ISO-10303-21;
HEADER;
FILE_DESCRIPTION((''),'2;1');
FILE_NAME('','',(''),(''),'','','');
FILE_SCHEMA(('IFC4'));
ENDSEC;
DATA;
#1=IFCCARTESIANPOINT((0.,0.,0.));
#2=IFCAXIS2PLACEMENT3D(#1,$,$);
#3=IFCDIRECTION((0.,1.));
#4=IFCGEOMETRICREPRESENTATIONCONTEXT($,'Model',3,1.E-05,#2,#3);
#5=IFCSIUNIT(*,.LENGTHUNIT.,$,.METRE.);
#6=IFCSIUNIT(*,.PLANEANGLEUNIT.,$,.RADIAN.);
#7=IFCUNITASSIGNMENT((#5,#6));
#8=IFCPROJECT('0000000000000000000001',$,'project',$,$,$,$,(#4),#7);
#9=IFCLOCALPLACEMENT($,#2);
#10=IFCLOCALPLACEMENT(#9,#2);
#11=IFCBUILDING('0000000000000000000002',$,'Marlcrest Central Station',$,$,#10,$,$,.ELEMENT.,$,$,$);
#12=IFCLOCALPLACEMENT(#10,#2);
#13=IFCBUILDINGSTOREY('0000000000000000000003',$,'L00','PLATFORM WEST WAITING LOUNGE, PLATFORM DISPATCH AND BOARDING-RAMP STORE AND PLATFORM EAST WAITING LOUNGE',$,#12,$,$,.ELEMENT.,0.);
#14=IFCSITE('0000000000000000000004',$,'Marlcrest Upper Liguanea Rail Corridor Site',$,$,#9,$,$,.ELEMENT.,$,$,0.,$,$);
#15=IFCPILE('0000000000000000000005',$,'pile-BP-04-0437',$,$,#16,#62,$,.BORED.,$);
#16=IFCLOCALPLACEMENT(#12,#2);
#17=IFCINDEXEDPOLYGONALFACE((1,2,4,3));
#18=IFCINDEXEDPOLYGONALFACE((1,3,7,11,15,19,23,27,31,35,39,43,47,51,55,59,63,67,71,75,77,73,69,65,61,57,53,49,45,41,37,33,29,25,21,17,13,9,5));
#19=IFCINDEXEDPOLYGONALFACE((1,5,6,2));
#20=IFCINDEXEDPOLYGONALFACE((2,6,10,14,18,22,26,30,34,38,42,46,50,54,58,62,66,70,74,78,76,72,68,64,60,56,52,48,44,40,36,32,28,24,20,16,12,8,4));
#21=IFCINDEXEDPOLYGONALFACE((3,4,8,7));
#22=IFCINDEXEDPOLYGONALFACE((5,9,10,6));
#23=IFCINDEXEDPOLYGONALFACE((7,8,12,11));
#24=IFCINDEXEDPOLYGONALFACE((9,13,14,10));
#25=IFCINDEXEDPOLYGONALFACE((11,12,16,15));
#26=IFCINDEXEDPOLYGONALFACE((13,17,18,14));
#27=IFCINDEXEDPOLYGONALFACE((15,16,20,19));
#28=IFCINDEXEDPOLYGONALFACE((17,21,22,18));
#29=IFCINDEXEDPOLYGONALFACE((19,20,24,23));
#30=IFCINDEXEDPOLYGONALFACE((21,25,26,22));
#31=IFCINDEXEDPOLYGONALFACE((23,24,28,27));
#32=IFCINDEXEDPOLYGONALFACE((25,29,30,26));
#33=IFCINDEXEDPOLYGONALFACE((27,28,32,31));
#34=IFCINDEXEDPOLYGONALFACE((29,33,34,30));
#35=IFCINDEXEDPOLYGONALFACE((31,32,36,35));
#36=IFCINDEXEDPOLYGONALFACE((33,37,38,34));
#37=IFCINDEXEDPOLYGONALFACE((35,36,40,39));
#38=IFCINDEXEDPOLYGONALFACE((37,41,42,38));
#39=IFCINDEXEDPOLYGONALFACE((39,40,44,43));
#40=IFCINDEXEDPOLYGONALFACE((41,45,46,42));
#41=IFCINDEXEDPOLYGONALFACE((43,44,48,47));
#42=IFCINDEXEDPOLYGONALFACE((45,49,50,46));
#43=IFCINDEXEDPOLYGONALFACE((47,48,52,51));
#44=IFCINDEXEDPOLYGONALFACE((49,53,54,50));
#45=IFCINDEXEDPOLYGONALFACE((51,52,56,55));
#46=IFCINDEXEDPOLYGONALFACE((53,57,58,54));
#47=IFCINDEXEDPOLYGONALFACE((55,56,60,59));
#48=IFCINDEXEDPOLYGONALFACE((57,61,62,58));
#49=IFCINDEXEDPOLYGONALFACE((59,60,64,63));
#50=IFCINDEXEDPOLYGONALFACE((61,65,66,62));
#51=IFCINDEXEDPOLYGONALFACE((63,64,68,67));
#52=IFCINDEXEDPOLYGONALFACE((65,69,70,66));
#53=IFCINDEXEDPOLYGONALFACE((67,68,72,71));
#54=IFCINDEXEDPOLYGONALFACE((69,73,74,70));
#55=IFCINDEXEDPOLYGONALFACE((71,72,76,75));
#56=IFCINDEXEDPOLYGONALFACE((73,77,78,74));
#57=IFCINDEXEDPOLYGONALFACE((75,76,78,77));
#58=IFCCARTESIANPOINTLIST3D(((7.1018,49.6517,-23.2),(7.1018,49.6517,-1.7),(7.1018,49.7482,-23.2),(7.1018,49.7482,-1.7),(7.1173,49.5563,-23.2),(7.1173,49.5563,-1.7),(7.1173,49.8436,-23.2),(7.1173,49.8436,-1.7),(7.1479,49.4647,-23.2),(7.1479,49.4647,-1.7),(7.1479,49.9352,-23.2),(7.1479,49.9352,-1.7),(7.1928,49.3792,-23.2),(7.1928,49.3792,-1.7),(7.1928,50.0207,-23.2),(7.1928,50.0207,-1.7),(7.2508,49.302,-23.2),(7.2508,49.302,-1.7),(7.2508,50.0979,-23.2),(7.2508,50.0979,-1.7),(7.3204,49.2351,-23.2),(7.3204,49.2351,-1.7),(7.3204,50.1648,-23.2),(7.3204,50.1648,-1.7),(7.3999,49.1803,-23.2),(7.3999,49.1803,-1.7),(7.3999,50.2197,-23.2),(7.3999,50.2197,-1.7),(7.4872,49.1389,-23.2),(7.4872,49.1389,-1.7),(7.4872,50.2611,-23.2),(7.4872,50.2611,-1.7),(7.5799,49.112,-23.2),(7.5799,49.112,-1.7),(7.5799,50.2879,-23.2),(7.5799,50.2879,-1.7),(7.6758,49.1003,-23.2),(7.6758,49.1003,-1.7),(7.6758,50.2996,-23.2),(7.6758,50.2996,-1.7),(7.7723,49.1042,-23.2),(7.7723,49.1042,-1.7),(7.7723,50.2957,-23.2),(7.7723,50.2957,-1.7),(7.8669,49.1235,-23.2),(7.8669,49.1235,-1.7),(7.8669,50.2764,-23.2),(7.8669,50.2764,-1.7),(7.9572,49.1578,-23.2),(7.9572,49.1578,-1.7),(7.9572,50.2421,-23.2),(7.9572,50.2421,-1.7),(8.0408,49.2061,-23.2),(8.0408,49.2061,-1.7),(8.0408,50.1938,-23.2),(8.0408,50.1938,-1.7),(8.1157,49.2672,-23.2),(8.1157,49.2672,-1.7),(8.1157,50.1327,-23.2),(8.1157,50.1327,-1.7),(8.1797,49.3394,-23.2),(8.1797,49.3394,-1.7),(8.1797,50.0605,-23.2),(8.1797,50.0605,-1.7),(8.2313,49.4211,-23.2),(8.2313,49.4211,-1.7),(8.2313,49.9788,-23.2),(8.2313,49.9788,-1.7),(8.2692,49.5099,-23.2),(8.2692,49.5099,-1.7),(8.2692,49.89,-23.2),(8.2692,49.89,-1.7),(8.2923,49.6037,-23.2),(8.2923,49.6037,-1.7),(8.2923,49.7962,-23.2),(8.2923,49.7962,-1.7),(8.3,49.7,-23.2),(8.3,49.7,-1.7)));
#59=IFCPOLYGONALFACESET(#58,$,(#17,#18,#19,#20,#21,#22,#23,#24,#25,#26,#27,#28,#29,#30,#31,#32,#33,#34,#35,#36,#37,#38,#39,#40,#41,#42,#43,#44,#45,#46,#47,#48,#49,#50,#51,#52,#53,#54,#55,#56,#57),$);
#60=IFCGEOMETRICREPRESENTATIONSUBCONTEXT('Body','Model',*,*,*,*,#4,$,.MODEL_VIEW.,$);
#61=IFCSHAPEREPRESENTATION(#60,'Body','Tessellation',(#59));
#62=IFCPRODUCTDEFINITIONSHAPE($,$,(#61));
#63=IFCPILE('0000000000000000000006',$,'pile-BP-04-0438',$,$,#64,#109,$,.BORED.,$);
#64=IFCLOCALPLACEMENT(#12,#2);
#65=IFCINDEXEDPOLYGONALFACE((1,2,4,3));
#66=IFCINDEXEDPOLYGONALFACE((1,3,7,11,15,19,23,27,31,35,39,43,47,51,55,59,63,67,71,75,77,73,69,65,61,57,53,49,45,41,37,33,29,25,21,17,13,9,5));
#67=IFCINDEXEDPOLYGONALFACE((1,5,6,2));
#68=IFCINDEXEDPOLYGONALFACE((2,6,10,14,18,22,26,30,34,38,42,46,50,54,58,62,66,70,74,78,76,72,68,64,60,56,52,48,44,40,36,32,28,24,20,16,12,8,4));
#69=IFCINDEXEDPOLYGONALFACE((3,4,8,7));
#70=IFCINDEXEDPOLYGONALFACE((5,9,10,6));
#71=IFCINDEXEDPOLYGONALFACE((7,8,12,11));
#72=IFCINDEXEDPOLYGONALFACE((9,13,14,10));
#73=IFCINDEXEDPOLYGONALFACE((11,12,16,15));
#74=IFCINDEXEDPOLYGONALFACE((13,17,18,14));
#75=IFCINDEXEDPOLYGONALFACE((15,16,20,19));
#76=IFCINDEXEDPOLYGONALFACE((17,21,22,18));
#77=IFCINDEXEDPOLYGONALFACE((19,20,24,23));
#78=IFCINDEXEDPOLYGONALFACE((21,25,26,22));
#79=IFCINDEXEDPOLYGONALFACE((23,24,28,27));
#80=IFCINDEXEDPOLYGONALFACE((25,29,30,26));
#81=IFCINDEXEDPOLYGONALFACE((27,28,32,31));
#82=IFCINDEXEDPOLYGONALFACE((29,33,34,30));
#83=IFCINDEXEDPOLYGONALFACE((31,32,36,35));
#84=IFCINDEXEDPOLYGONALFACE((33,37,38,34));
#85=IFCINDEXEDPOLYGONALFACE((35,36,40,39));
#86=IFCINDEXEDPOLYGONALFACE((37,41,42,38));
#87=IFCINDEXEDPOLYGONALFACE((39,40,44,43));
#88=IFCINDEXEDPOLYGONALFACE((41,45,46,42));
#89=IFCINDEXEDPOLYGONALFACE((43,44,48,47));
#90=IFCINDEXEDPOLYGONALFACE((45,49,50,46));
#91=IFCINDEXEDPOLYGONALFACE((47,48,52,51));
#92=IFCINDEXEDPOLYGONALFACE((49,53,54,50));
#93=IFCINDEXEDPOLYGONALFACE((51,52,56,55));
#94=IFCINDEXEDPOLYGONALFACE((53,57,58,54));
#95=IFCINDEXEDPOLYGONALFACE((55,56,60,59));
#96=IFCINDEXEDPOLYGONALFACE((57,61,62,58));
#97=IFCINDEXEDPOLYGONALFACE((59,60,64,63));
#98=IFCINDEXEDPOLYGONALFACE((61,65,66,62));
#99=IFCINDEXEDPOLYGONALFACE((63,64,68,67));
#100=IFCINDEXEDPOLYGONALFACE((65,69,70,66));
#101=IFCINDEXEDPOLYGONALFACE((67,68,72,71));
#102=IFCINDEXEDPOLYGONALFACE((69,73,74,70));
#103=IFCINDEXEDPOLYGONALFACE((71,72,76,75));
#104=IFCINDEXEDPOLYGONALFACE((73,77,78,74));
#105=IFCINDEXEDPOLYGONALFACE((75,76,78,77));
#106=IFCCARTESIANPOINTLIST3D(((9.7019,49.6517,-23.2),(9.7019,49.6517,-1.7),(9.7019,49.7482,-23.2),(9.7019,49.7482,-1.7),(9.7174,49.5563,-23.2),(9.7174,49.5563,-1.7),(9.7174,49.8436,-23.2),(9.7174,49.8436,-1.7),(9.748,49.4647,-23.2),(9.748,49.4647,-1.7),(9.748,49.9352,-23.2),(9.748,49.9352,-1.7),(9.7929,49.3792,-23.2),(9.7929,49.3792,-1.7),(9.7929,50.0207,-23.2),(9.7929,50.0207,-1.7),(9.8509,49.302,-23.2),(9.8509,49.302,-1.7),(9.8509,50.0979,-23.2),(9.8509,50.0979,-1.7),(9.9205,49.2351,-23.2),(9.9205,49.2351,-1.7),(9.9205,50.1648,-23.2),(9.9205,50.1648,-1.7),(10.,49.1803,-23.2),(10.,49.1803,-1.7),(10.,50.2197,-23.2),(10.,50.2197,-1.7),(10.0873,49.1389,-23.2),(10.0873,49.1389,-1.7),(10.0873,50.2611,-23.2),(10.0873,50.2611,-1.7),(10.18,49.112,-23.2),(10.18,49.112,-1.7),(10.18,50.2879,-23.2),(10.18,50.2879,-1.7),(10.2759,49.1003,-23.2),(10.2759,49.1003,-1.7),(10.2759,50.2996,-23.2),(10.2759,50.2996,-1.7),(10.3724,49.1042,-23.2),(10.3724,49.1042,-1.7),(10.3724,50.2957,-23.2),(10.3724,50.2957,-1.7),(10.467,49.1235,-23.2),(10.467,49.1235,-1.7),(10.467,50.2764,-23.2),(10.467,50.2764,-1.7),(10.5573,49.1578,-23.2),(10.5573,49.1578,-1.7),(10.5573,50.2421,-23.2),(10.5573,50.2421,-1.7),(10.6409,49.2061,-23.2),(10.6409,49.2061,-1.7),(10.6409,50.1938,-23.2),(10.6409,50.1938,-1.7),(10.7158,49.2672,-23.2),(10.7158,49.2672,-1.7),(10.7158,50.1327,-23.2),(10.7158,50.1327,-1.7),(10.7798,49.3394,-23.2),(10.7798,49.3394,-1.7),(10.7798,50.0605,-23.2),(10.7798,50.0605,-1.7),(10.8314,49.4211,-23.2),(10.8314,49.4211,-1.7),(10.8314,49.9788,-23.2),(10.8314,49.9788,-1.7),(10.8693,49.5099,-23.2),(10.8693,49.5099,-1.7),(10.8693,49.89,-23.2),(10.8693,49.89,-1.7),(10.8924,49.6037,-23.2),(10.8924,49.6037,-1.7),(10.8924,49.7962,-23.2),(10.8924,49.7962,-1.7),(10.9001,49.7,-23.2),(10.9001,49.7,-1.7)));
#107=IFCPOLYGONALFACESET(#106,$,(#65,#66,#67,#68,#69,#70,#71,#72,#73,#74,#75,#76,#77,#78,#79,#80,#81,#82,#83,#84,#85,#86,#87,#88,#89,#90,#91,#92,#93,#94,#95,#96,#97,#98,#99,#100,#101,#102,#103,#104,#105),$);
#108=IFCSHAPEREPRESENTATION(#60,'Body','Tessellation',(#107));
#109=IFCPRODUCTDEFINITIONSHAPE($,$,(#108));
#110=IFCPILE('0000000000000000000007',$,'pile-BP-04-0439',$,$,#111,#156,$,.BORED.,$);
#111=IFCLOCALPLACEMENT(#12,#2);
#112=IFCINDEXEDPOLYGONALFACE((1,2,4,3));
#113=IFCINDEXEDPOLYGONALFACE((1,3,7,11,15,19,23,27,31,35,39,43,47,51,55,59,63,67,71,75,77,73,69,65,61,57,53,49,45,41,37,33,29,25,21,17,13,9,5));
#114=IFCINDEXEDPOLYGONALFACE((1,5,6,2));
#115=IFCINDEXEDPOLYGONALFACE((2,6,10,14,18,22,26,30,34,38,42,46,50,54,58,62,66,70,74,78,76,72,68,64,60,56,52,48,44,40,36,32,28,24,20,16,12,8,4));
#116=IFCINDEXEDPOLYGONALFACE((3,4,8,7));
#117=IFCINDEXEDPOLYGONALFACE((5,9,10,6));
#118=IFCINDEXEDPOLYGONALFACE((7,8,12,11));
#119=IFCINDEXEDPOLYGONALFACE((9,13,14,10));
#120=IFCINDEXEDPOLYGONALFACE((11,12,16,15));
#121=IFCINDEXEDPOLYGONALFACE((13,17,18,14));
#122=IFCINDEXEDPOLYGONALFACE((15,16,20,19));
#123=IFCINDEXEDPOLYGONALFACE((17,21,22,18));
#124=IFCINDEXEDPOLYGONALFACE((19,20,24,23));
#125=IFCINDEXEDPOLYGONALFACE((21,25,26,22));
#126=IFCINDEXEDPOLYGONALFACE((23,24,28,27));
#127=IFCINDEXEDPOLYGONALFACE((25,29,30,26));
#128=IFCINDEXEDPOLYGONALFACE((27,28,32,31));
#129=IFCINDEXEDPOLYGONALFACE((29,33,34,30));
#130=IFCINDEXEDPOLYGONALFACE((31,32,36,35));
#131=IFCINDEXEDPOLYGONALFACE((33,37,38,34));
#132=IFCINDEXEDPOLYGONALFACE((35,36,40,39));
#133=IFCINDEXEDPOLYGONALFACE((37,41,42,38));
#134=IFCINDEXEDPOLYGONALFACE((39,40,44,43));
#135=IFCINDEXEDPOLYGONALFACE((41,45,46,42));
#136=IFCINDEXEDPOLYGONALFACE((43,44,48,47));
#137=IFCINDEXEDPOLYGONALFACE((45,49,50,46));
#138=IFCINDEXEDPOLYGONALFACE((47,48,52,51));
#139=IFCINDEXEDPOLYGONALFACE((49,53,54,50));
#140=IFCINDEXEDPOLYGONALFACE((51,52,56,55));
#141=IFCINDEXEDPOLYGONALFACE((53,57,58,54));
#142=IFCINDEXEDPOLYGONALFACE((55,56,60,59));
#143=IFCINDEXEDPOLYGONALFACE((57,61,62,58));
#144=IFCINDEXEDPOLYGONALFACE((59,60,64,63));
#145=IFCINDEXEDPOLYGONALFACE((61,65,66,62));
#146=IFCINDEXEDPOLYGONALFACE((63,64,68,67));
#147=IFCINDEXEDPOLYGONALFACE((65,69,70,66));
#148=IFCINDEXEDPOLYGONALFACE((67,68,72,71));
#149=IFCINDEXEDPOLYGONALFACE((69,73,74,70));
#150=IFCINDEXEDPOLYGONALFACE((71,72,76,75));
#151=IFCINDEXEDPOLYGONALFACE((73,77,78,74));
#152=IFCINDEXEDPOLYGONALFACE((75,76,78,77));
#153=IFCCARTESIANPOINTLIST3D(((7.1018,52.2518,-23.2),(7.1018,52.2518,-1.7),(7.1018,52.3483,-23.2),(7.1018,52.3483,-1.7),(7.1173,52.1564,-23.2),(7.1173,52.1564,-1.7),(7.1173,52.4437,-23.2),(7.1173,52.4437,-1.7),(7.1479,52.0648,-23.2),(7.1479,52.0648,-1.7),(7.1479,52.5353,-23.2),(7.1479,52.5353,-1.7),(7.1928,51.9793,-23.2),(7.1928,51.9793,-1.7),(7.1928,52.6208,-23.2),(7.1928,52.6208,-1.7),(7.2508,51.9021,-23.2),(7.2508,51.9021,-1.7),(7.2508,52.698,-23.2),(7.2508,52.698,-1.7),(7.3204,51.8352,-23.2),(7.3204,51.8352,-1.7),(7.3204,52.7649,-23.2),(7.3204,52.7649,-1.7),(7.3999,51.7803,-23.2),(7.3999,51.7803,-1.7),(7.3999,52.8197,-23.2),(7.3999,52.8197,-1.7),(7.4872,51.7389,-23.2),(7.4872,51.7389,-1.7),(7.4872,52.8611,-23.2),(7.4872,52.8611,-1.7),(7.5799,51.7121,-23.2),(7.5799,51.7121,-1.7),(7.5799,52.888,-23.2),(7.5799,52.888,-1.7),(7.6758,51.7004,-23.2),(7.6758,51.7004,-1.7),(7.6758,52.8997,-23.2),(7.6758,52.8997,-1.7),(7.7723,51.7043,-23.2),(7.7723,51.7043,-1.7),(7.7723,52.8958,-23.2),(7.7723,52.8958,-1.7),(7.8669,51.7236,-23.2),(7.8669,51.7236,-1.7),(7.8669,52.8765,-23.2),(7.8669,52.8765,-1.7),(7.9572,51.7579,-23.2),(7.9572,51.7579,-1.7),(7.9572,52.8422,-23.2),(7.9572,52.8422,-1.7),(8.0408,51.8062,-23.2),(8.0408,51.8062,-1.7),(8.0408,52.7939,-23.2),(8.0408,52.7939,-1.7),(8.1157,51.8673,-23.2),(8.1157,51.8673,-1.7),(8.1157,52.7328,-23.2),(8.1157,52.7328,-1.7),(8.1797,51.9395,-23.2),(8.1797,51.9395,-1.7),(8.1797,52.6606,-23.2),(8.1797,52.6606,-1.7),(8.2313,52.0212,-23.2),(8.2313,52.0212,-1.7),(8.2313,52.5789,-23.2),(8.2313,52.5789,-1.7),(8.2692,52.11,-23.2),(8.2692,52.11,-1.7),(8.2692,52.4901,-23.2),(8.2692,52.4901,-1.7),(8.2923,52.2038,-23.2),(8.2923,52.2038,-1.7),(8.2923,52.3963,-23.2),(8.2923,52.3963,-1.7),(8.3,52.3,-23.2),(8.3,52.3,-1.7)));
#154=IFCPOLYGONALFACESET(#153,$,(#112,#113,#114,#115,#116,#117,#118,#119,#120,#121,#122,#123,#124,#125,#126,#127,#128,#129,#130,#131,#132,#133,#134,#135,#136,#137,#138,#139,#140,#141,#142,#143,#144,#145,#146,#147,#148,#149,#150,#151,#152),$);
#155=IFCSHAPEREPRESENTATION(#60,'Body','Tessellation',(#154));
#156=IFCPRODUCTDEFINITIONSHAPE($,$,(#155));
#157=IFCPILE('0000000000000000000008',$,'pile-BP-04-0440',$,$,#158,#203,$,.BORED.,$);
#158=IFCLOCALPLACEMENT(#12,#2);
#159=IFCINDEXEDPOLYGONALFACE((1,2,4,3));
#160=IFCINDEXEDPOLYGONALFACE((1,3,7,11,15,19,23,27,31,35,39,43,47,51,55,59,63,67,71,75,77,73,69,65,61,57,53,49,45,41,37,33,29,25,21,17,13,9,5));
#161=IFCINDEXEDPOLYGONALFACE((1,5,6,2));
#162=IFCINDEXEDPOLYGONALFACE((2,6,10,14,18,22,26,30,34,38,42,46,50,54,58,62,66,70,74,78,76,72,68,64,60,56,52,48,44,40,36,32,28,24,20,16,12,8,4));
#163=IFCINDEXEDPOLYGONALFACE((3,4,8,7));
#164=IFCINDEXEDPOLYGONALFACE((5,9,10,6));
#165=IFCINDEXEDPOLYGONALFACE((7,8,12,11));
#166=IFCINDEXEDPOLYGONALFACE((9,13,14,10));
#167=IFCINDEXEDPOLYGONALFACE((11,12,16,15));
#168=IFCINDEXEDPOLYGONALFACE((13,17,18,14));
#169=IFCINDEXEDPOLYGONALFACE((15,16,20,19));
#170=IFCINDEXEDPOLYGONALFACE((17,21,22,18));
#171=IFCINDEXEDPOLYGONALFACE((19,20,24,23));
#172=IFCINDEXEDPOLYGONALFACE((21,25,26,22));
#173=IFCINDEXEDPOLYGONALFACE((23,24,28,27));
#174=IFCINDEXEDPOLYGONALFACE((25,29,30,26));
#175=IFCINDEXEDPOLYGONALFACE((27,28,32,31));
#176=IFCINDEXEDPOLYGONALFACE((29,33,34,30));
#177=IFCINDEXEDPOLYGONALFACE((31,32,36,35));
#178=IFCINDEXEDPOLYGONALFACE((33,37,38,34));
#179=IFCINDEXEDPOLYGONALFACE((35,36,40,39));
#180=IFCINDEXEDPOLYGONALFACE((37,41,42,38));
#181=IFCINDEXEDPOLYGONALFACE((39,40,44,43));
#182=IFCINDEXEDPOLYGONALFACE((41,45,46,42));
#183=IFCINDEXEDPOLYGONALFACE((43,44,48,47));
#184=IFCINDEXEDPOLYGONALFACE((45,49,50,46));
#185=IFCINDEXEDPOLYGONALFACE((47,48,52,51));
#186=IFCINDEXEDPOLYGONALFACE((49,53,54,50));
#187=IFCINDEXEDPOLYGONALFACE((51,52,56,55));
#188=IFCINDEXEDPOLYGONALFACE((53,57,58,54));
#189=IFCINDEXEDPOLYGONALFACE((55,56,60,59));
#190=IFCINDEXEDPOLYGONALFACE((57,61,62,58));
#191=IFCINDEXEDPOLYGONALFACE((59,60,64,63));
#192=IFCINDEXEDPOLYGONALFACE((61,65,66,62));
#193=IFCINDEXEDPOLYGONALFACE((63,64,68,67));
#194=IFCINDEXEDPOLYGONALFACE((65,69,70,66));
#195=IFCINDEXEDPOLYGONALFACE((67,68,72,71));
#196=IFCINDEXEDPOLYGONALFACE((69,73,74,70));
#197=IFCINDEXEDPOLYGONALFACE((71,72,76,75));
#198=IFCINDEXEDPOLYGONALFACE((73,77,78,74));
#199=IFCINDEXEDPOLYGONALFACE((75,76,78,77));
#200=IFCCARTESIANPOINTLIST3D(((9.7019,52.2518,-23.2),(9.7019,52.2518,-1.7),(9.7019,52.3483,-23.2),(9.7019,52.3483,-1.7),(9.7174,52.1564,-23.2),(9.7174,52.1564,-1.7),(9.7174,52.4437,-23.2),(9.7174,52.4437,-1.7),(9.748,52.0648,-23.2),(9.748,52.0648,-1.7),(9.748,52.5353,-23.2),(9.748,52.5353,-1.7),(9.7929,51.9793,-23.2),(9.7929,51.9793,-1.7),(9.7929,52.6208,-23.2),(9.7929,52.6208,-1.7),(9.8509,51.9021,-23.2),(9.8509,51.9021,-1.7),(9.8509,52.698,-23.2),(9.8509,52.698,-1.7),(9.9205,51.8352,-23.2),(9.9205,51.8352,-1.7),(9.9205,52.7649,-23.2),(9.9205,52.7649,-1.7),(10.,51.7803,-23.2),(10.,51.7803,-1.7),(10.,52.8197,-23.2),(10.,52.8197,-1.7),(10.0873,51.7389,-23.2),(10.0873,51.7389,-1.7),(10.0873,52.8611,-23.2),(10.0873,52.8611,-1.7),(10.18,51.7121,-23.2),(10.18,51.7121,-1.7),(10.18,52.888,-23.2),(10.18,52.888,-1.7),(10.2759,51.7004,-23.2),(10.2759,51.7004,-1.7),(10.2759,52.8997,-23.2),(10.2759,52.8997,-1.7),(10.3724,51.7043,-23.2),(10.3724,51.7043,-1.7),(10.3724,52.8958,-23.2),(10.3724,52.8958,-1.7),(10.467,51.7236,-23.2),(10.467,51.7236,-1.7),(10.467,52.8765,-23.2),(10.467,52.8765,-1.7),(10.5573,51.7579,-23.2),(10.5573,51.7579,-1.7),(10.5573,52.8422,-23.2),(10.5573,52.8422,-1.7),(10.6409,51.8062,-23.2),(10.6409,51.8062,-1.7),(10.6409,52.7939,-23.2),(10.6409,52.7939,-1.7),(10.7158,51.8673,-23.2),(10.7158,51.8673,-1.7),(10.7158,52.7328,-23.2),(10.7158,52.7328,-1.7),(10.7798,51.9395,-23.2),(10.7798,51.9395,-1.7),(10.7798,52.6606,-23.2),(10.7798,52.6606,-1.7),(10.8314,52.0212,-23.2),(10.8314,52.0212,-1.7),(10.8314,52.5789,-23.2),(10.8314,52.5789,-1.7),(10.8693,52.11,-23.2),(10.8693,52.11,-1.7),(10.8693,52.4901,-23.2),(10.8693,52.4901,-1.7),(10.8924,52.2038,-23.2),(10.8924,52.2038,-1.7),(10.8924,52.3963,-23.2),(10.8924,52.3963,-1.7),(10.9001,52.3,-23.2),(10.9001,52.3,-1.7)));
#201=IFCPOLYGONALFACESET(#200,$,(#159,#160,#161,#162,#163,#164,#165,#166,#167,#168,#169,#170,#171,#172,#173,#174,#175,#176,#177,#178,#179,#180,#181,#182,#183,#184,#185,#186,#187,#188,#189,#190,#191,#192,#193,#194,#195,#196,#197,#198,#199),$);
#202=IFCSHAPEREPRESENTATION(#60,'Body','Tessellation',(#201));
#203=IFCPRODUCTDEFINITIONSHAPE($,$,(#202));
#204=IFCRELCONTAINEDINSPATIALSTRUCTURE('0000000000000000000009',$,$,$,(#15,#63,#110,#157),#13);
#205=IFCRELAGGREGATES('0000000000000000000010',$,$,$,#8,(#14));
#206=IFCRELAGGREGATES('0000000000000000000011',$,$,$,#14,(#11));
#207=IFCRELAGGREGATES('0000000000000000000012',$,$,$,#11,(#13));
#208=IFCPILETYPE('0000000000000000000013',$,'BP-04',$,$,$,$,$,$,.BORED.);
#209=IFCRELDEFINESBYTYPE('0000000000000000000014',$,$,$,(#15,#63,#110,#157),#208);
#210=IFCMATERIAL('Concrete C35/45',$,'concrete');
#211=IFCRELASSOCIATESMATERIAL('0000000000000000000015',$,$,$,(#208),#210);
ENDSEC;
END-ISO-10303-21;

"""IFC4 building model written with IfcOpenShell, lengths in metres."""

from ifc_helpers import new_model, si_unit, direction, frame, origin, origin_2d, place, context, subcontext, project, spatial, circle, extrude, material, material_profile, profile_set, type_object, element, save


model = new_model("IFC4")

# Units and contexts
model_context = context("Model", 3, precision=1e-05, world=origin(), true_north=direction((0.0, 1.0)))
body_context = subcontext(model_context, "Body", "Model", "MODEL_VIEW")
ifc_project = project(units=[si_unit("LENGTHUNIT", "METRE"), si_unit("PLANEANGLEUNIT", "RADIAN")], contexts=[model_context])

# Site, building, storey
site_placement = place(None, origin())
site = spatial("IfcSite", under=ifc_project, at=site_placement, Name="Marlcrest Upper Liguanea Rail Corridor Site", CompositionType="ELEMENT", RefElevation=0.0)
building_placement = place(site_placement, origin())
building = spatial("IfcBuilding", under=site, at=building_placement, Name="Marlcrest Central Station", CompositionType="ELEMENT")
storey_placement = place(building_placement, origin())
storey = spatial("IfcBuildingStorey", under=building, at=storey_placement, Name="L00", Description="PLATFORM WEST WAITING LOUNGE, PLATFORM DISPATCH AND BOARDING-RAMP STORE AND PLATFORM EAST WAITING LOUNGE", CompositionType="ELEMENT", Elevation=0.0)

# Piles
ifc_material_1 = material(Name="Concrete C35/45", Category="concrete")
ifc_material_profile_1 = material_profile(ifc_material_1, circle(Radius=0.6001, at=origin_2d()), Name="PILE D1200")
ifc_profile_set_1 = profile_set([ifc_material_profile_1], Name="Concrete C35/45")
pile_type = type_object("IfcPileType", Name="BP-04", PredefinedType="BORED", material=ifc_profile_set_1)
for number, where, z_axis, x_axis, name in (
    (1, (7.7, 49.7, -1.7), (0.0, 0.0, -1.0), (1.0, 0.0, 0.0), "pile-BP-04-0437"),
    (2, (10.3, 49.7, -1.7), (0.0, 0.0, -1.0), (1.0, 0.0, 0.0), "pile-BP-04-0438"),
    (3, (7.7, 52.3, -1.7), (0.0, 0.0, -1.0), (1.0, 0.0, 0.0), "pile-BP-04-0439"),
    (4, (10.3, 52.3, -1.7), (0.0, 0.0, -1.0), (1.0, 0.0, 0.0), "pile-BP-04-0440"),
):
    element("IfcPile", number, at=place(storey_placement, frame(where, z_axis=z_axis, x_axis=x_axis)), inside=storey, type_object=pile_type, Name=name, PredefinedType="BORED", context=body_context, shape_type="SweptSolid", body=[
        extrude(circle(Radius=0.6001, at=origin_2d()), origin(), (0.0, 0.0, 1.0), 21.5),
    ])

save(model, "model.ifc")
